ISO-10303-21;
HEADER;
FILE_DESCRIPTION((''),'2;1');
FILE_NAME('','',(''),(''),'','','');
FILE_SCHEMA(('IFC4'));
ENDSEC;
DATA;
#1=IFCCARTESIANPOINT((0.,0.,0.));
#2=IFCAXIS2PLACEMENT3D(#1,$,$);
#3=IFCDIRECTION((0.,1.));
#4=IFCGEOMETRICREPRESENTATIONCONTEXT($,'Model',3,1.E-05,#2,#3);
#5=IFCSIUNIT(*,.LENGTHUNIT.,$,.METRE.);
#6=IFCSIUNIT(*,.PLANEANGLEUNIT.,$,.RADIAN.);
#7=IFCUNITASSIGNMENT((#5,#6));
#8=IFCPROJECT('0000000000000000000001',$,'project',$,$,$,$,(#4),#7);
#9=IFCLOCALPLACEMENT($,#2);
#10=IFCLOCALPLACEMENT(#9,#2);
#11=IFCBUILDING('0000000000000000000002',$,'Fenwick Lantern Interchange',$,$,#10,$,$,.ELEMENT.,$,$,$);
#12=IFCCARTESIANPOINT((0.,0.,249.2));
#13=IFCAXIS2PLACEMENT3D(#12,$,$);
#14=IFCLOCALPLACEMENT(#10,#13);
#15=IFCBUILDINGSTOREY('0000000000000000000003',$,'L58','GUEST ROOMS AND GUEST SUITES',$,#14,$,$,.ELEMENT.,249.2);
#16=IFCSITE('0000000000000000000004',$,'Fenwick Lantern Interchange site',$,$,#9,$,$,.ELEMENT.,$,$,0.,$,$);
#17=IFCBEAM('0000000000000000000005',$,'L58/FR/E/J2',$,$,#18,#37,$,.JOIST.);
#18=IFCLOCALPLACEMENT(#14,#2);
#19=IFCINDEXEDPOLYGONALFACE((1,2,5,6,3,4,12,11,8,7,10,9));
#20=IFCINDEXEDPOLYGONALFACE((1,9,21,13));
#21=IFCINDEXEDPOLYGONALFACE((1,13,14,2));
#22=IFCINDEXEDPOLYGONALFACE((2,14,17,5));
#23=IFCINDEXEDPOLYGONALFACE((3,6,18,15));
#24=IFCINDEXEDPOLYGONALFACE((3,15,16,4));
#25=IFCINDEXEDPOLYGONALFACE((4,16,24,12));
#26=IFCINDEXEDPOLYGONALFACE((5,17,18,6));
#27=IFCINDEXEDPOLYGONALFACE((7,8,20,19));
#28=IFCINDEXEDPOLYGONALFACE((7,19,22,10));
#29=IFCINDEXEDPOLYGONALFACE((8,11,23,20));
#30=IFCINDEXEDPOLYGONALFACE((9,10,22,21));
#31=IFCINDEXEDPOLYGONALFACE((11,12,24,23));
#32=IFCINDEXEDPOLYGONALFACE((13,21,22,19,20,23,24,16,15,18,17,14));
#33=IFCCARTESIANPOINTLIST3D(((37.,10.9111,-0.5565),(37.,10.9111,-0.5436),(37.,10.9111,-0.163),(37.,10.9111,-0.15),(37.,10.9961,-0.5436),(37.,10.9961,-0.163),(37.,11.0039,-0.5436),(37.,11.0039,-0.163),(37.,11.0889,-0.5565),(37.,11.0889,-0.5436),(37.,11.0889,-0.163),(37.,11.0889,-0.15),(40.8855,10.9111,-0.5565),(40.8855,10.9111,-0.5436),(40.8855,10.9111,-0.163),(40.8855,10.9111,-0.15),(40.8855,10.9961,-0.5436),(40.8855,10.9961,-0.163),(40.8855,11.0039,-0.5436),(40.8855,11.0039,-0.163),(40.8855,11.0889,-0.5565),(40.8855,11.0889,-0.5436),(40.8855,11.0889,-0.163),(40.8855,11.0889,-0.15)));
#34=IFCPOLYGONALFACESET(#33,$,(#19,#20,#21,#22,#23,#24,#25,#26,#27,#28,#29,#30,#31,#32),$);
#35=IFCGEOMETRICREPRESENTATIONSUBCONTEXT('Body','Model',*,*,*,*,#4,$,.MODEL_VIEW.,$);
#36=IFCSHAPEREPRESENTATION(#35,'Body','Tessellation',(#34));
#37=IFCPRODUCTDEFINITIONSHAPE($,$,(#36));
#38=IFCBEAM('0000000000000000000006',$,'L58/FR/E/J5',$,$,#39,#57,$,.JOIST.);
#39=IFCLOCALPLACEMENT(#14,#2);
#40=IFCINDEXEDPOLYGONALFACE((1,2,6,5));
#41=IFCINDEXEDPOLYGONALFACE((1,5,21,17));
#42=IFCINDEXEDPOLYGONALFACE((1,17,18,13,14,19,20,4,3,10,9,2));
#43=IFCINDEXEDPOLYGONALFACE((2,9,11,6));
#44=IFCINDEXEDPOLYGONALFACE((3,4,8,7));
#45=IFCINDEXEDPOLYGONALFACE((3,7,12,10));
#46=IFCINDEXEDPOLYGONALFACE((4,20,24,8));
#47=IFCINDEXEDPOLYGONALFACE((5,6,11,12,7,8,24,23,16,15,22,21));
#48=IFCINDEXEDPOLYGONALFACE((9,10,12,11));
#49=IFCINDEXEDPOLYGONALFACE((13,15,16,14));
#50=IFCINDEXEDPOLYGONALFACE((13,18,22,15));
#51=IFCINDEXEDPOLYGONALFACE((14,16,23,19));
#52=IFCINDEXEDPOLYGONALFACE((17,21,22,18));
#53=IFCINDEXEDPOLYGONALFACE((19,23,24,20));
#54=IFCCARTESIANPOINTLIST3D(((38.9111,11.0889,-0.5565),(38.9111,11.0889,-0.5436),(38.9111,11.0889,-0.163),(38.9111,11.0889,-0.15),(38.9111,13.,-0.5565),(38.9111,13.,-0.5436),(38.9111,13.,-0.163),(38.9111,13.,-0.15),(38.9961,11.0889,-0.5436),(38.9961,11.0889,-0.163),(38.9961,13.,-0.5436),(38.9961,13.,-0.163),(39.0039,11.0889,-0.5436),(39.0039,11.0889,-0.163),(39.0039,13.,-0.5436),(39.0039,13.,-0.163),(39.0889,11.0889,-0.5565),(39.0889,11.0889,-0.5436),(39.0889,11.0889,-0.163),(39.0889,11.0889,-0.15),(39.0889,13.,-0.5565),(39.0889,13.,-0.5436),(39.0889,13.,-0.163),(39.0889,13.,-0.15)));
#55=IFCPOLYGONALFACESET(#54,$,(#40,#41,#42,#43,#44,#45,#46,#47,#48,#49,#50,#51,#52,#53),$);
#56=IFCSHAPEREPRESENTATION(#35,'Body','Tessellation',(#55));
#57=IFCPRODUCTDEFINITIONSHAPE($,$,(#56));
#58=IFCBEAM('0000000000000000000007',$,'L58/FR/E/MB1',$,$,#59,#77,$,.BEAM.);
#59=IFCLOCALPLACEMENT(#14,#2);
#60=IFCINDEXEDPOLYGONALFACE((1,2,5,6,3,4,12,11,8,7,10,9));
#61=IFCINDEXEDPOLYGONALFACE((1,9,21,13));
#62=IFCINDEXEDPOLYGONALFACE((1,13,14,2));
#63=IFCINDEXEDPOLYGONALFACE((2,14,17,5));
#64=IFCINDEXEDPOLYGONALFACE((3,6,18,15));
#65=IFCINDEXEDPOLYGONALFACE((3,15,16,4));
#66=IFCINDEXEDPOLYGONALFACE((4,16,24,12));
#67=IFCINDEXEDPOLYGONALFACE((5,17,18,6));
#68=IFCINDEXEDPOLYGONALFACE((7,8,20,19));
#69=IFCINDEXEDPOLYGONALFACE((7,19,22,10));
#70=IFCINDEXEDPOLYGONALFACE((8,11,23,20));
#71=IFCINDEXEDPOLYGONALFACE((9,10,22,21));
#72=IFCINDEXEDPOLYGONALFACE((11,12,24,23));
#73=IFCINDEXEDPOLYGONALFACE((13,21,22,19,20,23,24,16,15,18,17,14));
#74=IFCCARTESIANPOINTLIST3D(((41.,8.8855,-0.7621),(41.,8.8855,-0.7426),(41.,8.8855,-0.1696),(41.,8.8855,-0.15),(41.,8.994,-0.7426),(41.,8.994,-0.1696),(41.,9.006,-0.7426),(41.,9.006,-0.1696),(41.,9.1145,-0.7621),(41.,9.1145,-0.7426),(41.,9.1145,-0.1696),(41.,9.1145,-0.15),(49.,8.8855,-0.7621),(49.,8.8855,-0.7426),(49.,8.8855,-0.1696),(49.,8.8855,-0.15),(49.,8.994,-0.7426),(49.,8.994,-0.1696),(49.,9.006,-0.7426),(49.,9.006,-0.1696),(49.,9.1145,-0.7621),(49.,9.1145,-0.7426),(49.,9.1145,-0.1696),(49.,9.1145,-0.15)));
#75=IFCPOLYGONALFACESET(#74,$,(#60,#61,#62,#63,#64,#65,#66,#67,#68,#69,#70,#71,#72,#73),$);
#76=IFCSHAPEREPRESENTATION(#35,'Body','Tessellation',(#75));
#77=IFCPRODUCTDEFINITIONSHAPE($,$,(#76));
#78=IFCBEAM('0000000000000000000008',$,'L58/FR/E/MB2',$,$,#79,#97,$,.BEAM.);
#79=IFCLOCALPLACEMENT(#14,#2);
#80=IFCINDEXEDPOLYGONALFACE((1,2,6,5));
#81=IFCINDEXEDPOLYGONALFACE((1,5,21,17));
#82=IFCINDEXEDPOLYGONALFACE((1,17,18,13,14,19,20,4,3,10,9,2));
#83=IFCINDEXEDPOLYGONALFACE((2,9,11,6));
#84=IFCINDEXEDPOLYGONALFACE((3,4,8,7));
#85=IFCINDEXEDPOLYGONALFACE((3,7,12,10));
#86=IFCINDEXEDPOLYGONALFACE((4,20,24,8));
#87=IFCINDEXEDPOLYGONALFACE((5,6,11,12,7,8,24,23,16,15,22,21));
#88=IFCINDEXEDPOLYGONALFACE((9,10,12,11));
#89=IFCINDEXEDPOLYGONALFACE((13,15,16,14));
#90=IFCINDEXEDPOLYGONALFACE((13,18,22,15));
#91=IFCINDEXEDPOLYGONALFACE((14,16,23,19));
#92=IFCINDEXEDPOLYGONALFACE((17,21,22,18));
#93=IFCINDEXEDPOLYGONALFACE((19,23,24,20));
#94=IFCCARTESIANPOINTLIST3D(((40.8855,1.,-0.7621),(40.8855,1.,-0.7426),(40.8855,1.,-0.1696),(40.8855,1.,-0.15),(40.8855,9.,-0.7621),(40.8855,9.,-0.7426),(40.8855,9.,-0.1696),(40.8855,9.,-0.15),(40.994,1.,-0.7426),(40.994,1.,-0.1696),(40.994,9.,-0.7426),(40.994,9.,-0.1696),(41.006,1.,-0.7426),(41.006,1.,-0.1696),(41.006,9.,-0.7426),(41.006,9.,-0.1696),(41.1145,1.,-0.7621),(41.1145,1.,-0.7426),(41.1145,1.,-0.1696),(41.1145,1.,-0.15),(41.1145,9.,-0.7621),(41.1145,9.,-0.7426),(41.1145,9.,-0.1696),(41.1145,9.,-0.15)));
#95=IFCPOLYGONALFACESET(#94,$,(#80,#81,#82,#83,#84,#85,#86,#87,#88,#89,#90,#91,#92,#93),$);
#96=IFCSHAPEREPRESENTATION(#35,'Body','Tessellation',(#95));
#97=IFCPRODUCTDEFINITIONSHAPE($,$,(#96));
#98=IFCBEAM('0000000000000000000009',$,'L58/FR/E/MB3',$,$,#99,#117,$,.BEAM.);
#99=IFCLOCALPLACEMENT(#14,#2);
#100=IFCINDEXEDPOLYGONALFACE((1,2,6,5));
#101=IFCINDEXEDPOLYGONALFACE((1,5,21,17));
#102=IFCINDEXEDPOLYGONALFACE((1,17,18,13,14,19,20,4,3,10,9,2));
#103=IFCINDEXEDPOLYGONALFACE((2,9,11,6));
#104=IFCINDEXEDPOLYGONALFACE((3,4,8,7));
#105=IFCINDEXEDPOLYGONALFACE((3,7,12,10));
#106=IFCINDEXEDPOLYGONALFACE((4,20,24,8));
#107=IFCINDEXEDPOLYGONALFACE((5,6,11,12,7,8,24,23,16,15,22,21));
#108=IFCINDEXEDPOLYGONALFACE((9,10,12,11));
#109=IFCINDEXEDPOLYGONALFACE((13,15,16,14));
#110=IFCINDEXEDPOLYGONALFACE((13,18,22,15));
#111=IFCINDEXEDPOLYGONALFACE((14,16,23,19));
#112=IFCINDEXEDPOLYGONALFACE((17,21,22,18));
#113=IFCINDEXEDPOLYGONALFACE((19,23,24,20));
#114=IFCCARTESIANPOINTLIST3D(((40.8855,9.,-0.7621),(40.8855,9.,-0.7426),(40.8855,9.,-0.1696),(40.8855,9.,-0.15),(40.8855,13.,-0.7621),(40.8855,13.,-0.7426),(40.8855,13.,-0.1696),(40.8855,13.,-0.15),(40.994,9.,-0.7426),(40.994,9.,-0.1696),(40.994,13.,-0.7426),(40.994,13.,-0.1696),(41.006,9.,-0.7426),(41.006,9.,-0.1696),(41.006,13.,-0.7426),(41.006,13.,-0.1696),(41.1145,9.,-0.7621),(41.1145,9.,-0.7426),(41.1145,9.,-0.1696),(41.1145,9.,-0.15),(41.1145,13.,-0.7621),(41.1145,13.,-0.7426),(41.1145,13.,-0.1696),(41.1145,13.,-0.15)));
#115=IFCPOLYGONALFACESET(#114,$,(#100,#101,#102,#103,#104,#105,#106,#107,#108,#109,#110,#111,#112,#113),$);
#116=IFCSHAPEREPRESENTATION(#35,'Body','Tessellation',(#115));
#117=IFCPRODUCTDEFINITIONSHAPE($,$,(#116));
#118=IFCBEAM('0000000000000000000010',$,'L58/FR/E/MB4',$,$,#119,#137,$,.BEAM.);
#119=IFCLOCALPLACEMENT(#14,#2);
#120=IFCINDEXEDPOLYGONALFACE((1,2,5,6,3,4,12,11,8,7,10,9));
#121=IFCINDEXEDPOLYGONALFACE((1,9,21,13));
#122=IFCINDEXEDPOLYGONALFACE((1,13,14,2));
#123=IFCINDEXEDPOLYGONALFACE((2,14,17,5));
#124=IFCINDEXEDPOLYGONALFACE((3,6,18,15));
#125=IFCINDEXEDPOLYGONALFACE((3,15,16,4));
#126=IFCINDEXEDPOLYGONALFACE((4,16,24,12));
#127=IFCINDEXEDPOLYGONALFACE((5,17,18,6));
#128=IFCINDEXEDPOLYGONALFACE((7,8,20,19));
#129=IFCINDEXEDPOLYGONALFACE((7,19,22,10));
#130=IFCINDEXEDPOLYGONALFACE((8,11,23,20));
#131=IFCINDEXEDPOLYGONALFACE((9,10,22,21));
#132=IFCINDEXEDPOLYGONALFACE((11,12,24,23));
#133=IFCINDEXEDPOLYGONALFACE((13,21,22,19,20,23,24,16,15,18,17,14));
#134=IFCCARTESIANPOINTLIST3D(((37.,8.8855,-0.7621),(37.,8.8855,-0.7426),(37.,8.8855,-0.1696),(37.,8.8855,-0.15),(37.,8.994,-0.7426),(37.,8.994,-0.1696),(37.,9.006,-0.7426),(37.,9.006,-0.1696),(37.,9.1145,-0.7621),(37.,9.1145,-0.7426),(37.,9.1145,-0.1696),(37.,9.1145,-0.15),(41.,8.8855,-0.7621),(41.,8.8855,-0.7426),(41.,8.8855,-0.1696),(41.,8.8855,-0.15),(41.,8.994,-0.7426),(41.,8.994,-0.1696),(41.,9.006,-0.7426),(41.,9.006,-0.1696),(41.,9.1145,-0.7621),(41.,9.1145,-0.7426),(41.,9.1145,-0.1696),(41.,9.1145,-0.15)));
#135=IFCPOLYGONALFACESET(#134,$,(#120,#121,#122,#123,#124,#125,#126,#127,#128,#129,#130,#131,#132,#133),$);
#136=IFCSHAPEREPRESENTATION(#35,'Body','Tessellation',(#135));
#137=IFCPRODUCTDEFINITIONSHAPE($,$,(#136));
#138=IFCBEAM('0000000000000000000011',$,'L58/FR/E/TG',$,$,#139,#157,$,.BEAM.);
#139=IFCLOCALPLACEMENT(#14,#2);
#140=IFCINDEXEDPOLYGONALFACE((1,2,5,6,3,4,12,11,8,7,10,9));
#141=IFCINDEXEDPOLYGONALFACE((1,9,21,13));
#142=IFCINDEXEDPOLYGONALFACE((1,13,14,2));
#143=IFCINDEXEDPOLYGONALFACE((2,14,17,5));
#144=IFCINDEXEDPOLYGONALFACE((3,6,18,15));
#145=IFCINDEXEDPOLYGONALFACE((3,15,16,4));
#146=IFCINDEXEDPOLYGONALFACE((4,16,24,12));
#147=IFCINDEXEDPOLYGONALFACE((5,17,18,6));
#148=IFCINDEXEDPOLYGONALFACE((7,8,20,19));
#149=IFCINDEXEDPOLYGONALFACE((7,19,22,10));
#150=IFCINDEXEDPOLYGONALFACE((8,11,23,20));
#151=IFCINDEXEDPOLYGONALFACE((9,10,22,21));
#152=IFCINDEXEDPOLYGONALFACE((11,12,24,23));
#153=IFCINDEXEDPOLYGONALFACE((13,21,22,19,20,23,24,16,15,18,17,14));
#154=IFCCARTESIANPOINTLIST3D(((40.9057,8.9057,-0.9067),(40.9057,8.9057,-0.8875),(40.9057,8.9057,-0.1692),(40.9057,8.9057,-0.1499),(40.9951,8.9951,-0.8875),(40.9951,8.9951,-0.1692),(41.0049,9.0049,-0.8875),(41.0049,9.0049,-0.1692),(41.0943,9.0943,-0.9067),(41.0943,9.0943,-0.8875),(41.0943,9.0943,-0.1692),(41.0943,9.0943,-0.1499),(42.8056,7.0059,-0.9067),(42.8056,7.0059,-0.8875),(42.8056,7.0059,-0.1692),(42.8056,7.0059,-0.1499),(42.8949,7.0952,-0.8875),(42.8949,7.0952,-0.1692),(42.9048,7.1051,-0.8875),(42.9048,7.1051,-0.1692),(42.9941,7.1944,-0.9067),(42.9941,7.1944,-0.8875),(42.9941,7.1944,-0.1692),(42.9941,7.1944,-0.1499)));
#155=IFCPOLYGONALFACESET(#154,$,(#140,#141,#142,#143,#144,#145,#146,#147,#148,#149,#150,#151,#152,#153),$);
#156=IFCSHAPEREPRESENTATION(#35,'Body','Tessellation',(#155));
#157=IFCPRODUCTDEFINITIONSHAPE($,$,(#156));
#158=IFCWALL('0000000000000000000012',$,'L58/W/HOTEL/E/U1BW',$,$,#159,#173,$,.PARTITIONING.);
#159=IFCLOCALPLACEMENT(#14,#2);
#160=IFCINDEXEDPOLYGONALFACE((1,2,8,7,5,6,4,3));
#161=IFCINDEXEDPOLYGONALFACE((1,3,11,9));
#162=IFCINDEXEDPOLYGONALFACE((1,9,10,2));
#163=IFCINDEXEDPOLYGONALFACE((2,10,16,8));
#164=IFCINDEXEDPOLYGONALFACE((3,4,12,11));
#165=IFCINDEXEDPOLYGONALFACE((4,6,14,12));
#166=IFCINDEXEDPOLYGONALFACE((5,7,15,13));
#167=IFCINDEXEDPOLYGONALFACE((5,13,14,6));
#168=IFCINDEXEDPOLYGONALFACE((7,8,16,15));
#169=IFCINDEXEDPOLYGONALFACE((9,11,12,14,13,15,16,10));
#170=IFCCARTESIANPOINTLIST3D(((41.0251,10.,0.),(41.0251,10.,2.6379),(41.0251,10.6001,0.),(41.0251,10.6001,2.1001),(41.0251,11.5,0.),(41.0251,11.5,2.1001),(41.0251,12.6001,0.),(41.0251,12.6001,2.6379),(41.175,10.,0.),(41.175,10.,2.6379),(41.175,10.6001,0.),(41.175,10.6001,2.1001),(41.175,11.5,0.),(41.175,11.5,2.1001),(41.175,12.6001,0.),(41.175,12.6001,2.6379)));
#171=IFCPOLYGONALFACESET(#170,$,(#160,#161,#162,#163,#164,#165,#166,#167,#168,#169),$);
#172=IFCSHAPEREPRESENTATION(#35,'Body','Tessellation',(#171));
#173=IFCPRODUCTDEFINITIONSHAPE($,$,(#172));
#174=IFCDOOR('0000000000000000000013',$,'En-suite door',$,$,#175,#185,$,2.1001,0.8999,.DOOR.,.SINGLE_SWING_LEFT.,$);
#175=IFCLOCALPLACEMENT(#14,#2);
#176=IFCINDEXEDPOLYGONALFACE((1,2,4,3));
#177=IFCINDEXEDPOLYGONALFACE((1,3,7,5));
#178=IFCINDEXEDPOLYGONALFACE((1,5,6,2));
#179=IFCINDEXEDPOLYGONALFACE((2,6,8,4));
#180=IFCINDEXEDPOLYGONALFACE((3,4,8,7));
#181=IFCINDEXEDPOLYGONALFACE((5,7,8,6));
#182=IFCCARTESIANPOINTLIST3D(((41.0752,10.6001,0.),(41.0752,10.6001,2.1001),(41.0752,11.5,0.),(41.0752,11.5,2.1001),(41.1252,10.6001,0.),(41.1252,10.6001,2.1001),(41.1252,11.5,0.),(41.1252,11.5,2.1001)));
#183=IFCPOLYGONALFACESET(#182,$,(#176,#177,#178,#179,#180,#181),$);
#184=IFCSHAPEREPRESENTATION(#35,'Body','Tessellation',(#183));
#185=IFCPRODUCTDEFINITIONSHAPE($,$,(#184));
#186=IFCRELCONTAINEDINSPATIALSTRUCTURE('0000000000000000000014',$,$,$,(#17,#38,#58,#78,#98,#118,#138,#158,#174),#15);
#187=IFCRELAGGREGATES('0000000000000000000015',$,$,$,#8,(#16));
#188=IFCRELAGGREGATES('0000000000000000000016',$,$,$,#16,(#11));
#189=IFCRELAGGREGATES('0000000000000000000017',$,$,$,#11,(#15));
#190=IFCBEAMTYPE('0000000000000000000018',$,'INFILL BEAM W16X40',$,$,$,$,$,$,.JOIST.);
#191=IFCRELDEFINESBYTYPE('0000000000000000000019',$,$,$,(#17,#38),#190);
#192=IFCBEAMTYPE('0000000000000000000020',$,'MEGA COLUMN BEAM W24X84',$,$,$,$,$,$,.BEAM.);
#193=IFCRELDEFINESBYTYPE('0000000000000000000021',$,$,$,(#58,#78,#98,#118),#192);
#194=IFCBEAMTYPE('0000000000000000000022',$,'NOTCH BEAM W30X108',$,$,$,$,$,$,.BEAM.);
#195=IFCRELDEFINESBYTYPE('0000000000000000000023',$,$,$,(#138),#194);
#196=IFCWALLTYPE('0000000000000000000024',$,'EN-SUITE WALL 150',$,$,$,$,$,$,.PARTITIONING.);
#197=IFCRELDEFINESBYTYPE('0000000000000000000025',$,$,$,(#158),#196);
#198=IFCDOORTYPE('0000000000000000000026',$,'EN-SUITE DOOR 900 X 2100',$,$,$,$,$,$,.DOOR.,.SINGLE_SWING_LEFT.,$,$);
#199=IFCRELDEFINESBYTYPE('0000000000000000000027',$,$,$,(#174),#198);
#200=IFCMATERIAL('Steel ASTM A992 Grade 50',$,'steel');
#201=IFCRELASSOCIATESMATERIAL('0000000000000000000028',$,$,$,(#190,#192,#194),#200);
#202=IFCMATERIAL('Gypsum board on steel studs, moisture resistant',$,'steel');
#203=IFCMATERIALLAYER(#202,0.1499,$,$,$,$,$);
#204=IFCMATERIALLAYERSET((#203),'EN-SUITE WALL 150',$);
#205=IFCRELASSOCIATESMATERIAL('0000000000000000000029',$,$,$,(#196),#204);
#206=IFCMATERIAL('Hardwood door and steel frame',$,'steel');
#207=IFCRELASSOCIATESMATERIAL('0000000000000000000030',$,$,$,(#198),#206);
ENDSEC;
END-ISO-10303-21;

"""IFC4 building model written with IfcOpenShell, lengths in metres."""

from ifc_helpers import new_model, si_unit, direction, frame, frame_2d, origin, origin_2d, place, context, subcontext, project, spatial, rectangle, i_section, extrude, material, layer, layer_set, material_profile, profile_set, type_object, element, fill, save


model = new_model("IFC4")

# Units and contexts
model_context = context("Model", 3, precision=1e-05, world=origin(), true_north=direction((0.0, 1.0)))
body_context = subcontext(model_context, "Body", "Model", "MODEL_VIEW")
ifc_project = project(units=[si_unit("LENGTHUNIT", "METRE"), si_unit("PLANEANGLEUNIT", "RADIAN")], contexts=[model_context])

# Site, building, storey
site_placement = place(None, origin())
site = spatial("IfcSite", under=ifc_project, at=site_placement, Name="Fenwick Lantern Interchange site", CompositionType="ELEMENT", RefElevation=0.0)
building_placement = place(site_placement, origin())
building = spatial("IfcBuilding", under=site, at=building_placement, Name="Fenwick Lantern Interchange", CompositionType="ELEMENT")
storey_placement = place(building_placement, frame((0.0, 0.0, 249.2)))
storey = spatial("IfcBuildingStorey", under=building, at=storey_placement, Name="L58", Description="GUEST ROOMS AND GUEST SUITES", CompositionType="ELEMENT", Elevation=249.2)

# Shared definitions
ifc_material_1 = material(Name="Steel ASTM A992 Grade 50", Category="steel")

# Beams
ifc_material_profile_1 = material_profile(ifc_material_1, i_section(OverallWidth=0.1777, OverallDepth=0.4065, WebThickness=0.0078, FlangeThickness=0.0129, at=origin_2d()), Name="W16X40")
ifc_profile_set_1 = profile_set([ifc_material_profile_1], Name="Steel ASTM A992 Grade 50")
beam_type_1 = type_object("IfcBeamType", Name="INFILL BEAM W16X40", PredefinedType="JOIST", material=ifc_profile_set_1)
beam_1_placement = place(storey_placement, frame((40.8855, 11.0, -0.3533), z_axis=(-1.0, 0.0, 0.0), x_axis=(0.0, -1.0, 0.0)))
element("IfcBeam", 1, at=beam_1_placement, inside=storey, type_object=beam_type_1, Name="L58/FR/E/J2", PredefinedType="JOIST", context=body_context, shape_type="SweptSolid", body=[
    extrude(i_section(OverallWidth=0.1777, OverallDepth=0.4065, WebThickness=0.0078, FlangeThickness=0.0129, at=origin_2d()), origin(), (0.0, 0.0, 1.0), 3.8855),
])
beam_2_placement = place(storey_placement, frame((39.0, 11.0889, -0.3533), z_axis=(0.0, 1.0, 0.0), x_axis=(-1.0, 0.0, 0.0)))
element("IfcBeam", 2, at=beam_2_placement, inside=storey, type_object=beam_type_1, Name="L58/FR/E/J5", PredefinedType="JOIST", context=body_context, shape_type="SweptSolid", body=[
    extrude(i_section(OverallWidth=0.1777, OverallDepth=0.4065, WebThickness=0.0078, FlangeThickness=0.0129, at=origin_2d()), origin(), (0.0, 0.0, 1.0), 1.9111),
])
ifc_material_profile_2 = material_profile(ifc_material_1, i_section(OverallWidth=0.229, OverallDepth=0.6121, WebThickness=0.012, FlangeThickness=0.0195, at=origin_2d()), Name="W24X84")
ifc_profile_set_2 = profile_set([ifc_material_profile_2], Name="Steel ASTM A992 Grade 50")
beam_type_2 = type_object("IfcBeamType", Name="MEGA COLUMN BEAM W24X84", PredefinedType="BEAM", material=ifc_profile_set_2)
for number, where, z_axis, x_axis, name in (
    (3, (41.0, 9.0, -0.4561), (1.0, 0.0, 0.0), (0.0, 1.0, 0.0), "L58/FR/E/MB1"),
    (4, (41.0, 9.0, -0.4561), (0.0, -1.0, 0.0), (1.0, 0.0, 0.0), "L58/FR/E/MB2"),
):
    element("IfcBeam", number, at=place(storey_placement, frame(where, z_axis=z_axis, x_axis=x_axis)), inside=storey, type_object=beam_type_2, Name=name, PredefinedType="BEAM", context=body_context, shape_type="SweptSolid", body=[
        extrude(i_section(OverallWidth=0.229, OverallDepth=0.6121, WebThickness=0.012, FlangeThickness=0.0195, at=origin_2d()), origin(), (0.0, 0.0, 1.0), 8.0),
    ])
for number, where, z_axis, x_axis, name in (
    (5, (41.0, 9.0, -0.4561), (0.0, 1.0, 0.0), (-1.0, 0.0, 0.0), "L58/FR/E/MB3"),
    (6, (41.0, 9.0, -0.4561), (-1.0, 0.0, 0.0), (0.0, -1.0, 0.0), "L58/FR/E/MB4"),
):
    element("IfcBeam", number, at=place(storey_placement, frame(where, z_axis=z_axis, x_axis=x_axis)), inside=storey, type_object=beam_type_2, Name=name, PredefinedType="BEAM", context=body_context, shape_type="SweptSolid", body=[
        extrude(i_section(OverallWidth=0.229, OverallDepth=0.6121, WebThickness=0.012, FlangeThickness=0.0195, at=origin_2d()), origin(), (0.0, 0.0, 1.0), 4.0),
    ])
ifc_material_profile_3 = material_profile(ifc_material_1, i_section(OverallWidth=0.2666, OverallDepth=0.7568, WebThickness=0.0139, FlangeThickness=0.0193, at=origin_2d()), Name="W30X108")
ifc_profile_set_3 = profile_set([ifc_material_profile_3], Name="Steel ASTM A992 Grade 50")
beam_type_3 = type_object("IfcBeamType", Name="NOTCH BEAM W30X108", PredefinedType="BEAM", material=ifc_profile_set_3)
beam_3_placement = place(storey_placement, frame((41.0, 9.0, -0.5283), z_axis=(0.707107, -0.707107, 0.0), x_axis=(0.707107, 0.707107, 0.0)))
element("IfcBeam", 7, at=beam_3_placement, inside=storey, type_object=beam_type_3, Name="L58/FR/E/TG", PredefinedType="BEAM", context=body_context, shape_type="SweptSolid", body=[
    extrude(i_section(OverallWidth=0.2666, OverallDepth=0.7568, WebThickness=0.0139, FlangeThickness=0.0193, at=origin_2d()), origin(), (0.0, 0.0, 1.0), 2.6868),
])

# Wall, opening, door
ifc_material_2 = material(Name="Gypsum board on steel studs, moisture resistant", Category="steel")
ifc_layer = layer(ifc_material_2, 0.1499)
ifc_layer_set = layer_set([ifc_layer], Name="EN-SUITE WALL 150")
wall_type = type_object("IfcWallType", Name="EN-SUITE WALL 150", PredefinedType="PARTITIONING", material=ifc_layer_set)
wall_placement = place(storey_placement, frame((41.1001, 10.0, 0.0), z_axis=(0.0, 0.0, 1.0), x_axis=(0.0, 1.0, 0.0)))
wall = element("IfcWall", 8, at=wall_placement, inside=storey, type_object=wall_type, Name="L58/W/HOTEL/E/U1BW", PredefinedType="PARTITIONING", context=body_context, shape_type="SweptSolid", body=[
    extrude(rectangle(XDim=2.6001, YDim=0.1499, at=frame_2d((1.3, 0.0))), origin(), (0.0, 0.0, 1.0), 2.6379),
])
opening_placement = place(wall_placement, frame((0.6001, 0.0, 0.0)))
opening = element("IfcOpeningElement", 9, at=opening_placement, cuts=wall, PredefinedType="OPENING", context=body_context, shape_type="SweptSolid", body=[
    extrude(rectangle(XDim=0.8999, YDim=2.1001, at=frame_2d((0.45, 1.05))), frame((0.0, 0.085, 0.0), z_axis=(0.0, -1.0, 0.0), x_axis=(1.0, 0.0, 0.0)), (0.0, 0.0, 1.0), 0.1699),
])
ifc_material_3 = material(Name="Hardwood door and steel frame", Category="steel")
door_type = type_object("IfcDoorType", Name="EN-SUITE DOOR 900 X 2100", OperationType="SINGLE_SWING_LEFT", PredefinedType="DOOR", material=ifc_material_3)
door_placement = place(opening_placement, origin())
door = element("IfcDoor", 10, at=door_placement, inside=storey, type_object=door_type, Name="En-suite door", OperationType="SINGLE_SWING_LEFT", OverallHeight=2.1001, OverallWidth=0.8999, PredefinedType="DOOR", context=body_context, shape_type="SweptSolid", body=[
    extrude(rectangle(XDim=0.8999, YDim=2.1001, at=frame_2d((0.45, 1.05))), frame((0.0, 0.0249, 0.0), z_axis=(0.0, -1.0, 0.0), x_axis=(1.0, 0.0, 0.0)), (0.0, 0.0, 1.0), 0.05),
])
fill(opening, door)

save(model, "model.ifc")
